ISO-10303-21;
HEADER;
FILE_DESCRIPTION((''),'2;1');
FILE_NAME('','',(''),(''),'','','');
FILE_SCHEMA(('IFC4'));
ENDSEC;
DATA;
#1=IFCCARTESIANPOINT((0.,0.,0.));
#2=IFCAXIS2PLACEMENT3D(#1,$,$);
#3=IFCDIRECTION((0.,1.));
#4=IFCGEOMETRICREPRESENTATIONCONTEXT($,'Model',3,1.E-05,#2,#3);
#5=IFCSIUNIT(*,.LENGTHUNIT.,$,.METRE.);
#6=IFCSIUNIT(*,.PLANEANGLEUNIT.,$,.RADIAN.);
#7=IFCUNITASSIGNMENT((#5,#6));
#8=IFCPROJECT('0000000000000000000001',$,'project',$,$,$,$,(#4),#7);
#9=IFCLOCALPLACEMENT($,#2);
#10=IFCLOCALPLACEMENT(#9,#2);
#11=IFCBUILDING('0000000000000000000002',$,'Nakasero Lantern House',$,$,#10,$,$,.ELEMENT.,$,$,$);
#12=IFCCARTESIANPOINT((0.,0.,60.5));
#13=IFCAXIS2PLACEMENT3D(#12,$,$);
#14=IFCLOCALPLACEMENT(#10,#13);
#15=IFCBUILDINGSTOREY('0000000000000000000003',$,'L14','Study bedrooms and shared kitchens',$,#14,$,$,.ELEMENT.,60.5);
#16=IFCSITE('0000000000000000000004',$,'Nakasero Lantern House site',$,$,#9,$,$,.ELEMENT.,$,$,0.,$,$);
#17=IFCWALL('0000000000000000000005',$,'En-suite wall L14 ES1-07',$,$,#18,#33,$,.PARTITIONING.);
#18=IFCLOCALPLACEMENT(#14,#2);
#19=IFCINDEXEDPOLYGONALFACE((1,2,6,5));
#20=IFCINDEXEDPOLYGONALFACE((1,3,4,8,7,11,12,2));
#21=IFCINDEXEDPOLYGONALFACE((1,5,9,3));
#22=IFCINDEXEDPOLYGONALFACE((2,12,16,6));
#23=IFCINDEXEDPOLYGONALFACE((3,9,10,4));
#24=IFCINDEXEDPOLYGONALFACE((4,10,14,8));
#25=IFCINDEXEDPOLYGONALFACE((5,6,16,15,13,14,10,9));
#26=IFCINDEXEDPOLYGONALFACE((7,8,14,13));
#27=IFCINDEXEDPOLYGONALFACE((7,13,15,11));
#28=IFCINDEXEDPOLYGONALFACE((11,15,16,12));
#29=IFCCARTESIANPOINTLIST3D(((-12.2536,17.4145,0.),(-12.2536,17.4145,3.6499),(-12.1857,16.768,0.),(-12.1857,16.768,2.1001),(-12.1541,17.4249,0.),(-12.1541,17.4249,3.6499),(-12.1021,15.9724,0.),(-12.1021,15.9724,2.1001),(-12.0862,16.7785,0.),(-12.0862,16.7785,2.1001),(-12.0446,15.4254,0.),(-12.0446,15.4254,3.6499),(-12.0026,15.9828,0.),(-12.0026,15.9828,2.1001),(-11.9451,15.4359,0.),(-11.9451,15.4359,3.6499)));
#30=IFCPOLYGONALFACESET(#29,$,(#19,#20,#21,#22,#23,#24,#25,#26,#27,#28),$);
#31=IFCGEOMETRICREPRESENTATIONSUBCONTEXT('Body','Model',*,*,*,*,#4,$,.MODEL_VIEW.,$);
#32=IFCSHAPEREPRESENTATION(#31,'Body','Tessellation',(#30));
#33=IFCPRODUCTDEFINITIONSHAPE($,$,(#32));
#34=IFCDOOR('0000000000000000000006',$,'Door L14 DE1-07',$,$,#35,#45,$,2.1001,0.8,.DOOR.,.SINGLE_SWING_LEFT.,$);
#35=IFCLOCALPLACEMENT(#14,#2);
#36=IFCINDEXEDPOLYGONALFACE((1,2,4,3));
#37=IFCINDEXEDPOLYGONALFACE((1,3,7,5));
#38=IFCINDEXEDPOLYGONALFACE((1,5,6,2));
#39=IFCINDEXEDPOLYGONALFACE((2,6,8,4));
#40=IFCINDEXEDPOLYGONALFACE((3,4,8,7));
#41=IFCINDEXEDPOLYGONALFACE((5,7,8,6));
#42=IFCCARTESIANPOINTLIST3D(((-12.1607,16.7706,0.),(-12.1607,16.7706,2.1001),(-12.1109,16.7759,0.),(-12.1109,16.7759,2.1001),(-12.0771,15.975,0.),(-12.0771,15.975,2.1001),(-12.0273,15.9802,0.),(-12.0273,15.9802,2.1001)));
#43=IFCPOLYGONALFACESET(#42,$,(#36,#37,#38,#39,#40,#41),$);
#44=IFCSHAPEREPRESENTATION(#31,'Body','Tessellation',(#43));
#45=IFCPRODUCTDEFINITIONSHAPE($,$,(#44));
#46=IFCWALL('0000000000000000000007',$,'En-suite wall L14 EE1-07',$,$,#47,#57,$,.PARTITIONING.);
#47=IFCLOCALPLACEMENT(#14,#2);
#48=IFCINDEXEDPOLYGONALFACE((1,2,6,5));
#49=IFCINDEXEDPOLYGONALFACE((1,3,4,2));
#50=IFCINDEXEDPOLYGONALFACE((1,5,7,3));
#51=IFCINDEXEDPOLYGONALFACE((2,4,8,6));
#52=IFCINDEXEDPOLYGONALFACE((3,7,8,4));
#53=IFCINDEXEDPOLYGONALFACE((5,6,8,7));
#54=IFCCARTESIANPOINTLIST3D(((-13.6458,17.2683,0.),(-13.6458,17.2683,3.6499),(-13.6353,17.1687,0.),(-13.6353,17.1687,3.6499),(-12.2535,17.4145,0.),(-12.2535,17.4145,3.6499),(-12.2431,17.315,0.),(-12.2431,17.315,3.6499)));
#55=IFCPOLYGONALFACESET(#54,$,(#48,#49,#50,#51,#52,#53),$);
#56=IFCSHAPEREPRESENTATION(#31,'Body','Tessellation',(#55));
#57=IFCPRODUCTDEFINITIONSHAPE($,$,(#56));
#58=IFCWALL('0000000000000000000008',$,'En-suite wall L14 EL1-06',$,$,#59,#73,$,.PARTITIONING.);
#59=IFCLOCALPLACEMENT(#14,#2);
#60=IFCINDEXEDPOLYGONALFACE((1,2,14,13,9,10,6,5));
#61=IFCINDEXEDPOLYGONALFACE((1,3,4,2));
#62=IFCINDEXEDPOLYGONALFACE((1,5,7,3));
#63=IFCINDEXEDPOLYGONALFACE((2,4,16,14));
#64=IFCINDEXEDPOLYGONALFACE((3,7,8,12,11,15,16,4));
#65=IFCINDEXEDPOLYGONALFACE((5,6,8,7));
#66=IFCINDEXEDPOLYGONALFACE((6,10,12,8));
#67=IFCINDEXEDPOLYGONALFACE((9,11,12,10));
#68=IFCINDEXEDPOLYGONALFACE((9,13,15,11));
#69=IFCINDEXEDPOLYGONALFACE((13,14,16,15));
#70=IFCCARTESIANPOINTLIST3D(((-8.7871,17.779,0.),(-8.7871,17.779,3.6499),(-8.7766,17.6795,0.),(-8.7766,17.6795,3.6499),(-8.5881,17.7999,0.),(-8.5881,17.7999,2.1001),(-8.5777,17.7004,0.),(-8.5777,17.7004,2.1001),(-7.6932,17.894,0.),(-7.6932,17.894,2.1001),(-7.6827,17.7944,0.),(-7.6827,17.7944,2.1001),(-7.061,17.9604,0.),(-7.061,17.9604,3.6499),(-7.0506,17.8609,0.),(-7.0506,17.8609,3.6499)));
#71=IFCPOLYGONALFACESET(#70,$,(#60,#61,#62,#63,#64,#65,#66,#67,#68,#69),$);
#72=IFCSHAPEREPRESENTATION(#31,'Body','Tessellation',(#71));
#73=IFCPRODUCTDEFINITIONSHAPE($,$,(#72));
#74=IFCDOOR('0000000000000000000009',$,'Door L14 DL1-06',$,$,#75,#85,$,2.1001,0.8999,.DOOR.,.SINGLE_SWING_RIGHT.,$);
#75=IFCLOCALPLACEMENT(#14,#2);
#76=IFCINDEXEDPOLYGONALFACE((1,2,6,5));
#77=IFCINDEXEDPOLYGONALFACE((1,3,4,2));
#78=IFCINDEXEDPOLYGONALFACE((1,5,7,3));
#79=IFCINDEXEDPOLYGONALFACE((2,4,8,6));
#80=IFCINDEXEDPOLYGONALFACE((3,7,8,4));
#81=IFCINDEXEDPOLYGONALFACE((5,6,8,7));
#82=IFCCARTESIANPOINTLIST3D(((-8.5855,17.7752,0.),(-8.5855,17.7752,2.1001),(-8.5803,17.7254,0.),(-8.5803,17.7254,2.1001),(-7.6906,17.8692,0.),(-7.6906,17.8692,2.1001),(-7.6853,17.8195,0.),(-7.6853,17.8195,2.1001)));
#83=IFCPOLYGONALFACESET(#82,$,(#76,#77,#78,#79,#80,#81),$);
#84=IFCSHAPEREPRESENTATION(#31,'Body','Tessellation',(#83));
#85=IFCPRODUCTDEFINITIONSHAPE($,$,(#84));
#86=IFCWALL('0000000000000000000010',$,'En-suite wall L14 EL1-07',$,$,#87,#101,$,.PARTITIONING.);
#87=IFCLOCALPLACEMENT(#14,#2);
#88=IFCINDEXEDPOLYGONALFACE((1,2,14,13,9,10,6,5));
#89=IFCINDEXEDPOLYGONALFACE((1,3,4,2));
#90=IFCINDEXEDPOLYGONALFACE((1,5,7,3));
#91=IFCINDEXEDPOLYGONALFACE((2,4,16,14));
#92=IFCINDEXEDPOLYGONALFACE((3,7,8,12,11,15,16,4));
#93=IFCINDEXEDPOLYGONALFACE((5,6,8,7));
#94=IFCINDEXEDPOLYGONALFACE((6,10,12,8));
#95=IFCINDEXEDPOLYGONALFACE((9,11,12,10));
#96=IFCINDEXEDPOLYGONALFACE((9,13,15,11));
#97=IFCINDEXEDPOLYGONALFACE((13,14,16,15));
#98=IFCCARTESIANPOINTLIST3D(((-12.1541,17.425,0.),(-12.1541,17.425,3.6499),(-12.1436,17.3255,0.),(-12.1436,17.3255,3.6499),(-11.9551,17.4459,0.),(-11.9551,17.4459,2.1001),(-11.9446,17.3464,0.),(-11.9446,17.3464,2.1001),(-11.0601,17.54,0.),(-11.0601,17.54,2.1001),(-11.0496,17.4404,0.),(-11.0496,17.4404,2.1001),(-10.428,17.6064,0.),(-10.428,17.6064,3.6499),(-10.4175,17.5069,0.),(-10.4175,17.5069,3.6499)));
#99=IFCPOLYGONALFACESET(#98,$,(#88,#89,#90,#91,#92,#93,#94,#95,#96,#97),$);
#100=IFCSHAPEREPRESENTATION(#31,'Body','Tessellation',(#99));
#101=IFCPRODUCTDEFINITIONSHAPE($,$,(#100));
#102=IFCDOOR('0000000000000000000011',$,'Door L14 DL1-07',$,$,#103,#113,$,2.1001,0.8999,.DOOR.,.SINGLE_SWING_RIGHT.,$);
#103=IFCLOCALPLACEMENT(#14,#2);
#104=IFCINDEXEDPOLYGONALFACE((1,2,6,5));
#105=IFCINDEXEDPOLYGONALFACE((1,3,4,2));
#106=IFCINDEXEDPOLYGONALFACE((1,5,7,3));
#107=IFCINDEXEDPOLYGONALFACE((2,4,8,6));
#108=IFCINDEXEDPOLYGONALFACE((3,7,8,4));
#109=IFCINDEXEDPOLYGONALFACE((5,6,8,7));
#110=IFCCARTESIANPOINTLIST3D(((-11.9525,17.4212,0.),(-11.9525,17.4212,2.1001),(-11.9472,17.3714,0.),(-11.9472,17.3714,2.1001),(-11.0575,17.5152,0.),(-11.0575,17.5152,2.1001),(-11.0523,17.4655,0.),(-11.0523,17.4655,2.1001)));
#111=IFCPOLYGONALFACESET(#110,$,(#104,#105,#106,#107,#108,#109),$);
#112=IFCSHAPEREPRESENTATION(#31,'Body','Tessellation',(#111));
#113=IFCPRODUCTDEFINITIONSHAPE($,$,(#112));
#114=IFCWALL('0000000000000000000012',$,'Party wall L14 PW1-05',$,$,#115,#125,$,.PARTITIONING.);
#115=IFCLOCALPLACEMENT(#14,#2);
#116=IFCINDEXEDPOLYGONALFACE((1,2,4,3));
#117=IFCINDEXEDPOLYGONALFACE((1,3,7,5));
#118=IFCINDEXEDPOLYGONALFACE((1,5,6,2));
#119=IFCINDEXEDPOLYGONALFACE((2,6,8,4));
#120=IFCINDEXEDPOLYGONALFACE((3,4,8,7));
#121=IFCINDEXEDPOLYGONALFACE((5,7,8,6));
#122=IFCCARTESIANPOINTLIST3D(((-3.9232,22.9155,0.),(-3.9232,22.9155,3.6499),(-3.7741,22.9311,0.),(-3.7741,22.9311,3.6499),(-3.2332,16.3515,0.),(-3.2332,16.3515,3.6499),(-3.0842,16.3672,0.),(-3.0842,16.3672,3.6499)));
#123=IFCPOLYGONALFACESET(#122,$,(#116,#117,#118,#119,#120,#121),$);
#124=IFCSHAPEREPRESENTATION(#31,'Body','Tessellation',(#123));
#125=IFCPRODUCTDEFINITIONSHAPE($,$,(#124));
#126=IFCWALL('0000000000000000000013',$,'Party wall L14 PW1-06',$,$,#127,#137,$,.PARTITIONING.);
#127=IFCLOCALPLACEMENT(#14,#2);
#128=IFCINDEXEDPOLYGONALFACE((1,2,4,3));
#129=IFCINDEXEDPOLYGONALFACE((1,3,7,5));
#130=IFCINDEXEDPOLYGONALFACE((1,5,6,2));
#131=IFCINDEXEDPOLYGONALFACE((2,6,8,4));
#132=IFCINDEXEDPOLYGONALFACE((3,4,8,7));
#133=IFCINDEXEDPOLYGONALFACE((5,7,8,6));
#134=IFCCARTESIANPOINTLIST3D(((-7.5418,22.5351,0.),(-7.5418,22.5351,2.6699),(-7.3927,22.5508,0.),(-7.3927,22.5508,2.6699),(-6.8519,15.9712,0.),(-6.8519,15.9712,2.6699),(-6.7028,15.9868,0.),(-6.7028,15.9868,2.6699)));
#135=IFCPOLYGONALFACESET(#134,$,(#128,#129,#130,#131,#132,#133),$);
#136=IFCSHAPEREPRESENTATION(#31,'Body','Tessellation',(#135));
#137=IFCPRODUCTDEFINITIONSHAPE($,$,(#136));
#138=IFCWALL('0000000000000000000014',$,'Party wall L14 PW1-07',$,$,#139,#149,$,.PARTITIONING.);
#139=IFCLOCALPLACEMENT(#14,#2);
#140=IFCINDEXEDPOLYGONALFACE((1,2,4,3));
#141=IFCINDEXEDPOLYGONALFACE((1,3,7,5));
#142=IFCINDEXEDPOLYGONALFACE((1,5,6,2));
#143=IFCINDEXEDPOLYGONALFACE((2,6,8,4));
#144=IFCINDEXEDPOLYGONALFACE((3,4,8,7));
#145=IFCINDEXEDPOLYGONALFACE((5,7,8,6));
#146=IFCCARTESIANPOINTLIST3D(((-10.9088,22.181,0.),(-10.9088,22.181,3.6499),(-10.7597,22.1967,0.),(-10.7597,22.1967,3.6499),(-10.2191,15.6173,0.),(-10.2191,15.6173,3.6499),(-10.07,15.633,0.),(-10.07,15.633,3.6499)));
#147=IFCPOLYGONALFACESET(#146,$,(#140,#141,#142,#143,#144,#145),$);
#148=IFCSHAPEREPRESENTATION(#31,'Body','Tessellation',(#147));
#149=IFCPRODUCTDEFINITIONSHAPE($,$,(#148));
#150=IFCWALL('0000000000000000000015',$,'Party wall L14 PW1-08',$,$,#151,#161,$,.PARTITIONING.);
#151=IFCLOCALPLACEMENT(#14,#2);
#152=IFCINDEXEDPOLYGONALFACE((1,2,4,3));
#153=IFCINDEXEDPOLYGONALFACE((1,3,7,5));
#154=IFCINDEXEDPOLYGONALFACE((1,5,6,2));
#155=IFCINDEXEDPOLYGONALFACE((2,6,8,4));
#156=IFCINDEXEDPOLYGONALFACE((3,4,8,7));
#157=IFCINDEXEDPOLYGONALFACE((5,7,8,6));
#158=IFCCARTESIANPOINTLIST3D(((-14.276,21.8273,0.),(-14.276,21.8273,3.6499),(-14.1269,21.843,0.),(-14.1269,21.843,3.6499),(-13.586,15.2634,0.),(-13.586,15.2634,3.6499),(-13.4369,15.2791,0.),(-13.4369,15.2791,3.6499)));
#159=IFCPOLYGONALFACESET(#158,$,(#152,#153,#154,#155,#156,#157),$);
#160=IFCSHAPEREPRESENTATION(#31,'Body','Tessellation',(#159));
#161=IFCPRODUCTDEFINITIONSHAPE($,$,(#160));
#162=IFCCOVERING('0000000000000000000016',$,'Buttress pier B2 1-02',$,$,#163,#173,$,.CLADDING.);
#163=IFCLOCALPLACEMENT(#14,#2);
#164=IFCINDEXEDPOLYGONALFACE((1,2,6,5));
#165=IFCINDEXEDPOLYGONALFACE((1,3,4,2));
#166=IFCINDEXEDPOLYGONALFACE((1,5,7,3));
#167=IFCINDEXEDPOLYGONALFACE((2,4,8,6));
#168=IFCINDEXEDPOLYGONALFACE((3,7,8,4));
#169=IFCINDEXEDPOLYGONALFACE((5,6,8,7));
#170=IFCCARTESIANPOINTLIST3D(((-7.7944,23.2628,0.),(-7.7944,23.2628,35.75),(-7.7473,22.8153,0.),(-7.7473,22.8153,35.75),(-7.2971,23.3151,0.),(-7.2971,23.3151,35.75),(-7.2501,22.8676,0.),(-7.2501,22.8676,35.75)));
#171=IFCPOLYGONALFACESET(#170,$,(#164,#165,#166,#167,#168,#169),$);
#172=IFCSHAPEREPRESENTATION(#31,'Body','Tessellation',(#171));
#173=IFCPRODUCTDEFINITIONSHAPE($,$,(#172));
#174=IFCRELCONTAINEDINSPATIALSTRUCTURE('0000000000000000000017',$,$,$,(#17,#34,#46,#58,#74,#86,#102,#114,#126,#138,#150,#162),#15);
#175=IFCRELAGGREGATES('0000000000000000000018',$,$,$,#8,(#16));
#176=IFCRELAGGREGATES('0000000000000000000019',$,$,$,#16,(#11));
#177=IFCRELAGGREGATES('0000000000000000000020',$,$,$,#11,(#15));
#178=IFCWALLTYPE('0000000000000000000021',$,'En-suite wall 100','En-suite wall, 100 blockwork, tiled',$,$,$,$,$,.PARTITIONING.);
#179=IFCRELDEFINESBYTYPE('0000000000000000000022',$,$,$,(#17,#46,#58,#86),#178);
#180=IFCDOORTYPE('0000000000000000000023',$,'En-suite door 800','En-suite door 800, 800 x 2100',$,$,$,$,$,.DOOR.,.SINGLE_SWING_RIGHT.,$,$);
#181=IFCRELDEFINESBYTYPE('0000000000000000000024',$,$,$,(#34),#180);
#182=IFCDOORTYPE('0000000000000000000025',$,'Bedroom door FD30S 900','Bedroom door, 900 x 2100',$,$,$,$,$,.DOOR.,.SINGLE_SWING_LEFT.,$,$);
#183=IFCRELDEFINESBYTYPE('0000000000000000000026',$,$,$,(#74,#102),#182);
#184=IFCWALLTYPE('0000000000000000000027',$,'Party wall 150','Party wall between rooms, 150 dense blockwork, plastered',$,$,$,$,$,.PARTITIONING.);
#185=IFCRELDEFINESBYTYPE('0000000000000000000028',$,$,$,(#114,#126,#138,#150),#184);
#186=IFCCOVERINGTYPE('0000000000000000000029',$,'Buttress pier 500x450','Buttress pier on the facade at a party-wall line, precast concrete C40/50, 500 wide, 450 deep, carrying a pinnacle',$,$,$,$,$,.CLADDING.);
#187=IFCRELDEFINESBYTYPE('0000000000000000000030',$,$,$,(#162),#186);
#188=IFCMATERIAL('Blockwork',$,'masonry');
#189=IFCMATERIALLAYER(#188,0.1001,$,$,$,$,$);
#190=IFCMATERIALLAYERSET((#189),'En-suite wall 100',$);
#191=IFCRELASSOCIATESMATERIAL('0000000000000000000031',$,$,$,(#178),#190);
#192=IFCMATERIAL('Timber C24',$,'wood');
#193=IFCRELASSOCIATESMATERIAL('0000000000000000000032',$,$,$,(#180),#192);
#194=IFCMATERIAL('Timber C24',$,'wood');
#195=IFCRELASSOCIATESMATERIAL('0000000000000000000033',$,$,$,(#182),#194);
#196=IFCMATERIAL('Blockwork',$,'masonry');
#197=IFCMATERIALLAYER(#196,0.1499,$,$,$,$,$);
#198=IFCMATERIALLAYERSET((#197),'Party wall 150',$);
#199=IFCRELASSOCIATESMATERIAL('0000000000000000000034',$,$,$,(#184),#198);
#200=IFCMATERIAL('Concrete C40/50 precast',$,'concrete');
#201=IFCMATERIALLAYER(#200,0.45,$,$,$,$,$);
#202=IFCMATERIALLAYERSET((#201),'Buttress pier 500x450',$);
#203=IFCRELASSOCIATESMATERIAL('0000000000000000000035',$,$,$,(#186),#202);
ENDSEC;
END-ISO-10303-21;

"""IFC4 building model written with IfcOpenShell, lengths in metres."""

from ifc_helpers import new_model, si_unit, direction, frame, frame_2d, origin, origin_2d, place, context, subcontext, project, spatial, rectangle, extrude, material, layer, layer_set, type_object, element, fill, save


model = new_model("IFC4")

# Units and contexts
model_context = context("Model", 3, precision=1e-05, world=origin(), true_north=direction((0.0, 1.0)))
body_context = subcontext(model_context, "Body", "Model", "MODEL_VIEW")
ifc_project = project(units=[si_unit("LENGTHUNIT", "METRE"), si_unit("PLANEANGLEUNIT", "RADIAN")], contexts=[model_context])

# Site, building, storey
site_placement = place(None, origin())
site = spatial("IfcSite", under=ifc_project, at=site_placement, Name="Nakasero Lantern House site", CompositionType="ELEMENT", RefElevation=0.0)
building_placement = place(site_placement, origin())
building = spatial("IfcBuilding", under=site, at=building_placement, Name="Nakasero Lantern House", CompositionType="ELEMENT")
storey_placement = place(building_placement, frame((0.0, 0.0, 60.5)))
storey = spatial("IfcBuildingStorey", under=building, at=storey_placement, Name="L14", Description="Study bedrooms and shared kitchens", CompositionType="ELEMENT", Elevation=60.5)

# Shared definitions
ifc_material_1 = material(Name="Blockwork", Category="masonry")
ifc_layer_1 = layer(ifc_material_1, 0.1001)
ifc_layer_set_1 = layer_set([ifc_layer_1], Name="En-suite wall 100")
wall_type_1 = type_object("IfcWallType", Name="En-suite wall 100", Description="En-suite wall, 100 blockwork, tiled", PredefinedType="PARTITIONING", material=ifc_layer_set_1)
ifc_material_2 = material(Name="Timber C24", Category="wood")
door_type_1 = type_object("IfcDoorType", Name="En-suite door 800", Description="En-suite door 800, 800 x 2100", OperationType="SINGLE_SWING_RIGHT", PredefinedType="DOOR", material=ifc_material_2)

# Wall, opening, door
wall_1_placement = place(storey_placement, frame((-11.9949, 15.4307, 0.0), z_axis=(0.0, 0.0, 1.0), x_axis=(-0.104494, 0.994526, 0.0)))
wall_1 = element("IfcWall", 1, at=wall_1_placement, inside=storey, type_object=wall_type_1, Name="En-suite wall L14 ES1-07", PredefinedType="PARTITIONING", context=body_context, shape_type="SweptSolid", body=[
    extrude(rectangle(XDim=2.0, YDim=0.1001, at=frame_2d((1.0, 0.0))), origin(), (0.0, 0.0, 1.0), 3.6499),
])
opening_1_placement = place(wall_1_placement, frame((0.55, 0.0, 0.0)))
opening_1 = element("IfcOpeningElement", 2, at=opening_1_placement, cuts=wall_1, PredefinedType="OPENING", context=body_context, shape_type="SweptSolid", body=[
    extrude(rectangle(XDim=0.8, YDim=2.1001, at=frame_2d((0.3999, 1.05))), frame((0.0, 0.0701, 0.0), z_axis=(0.0, -1.0, 0.0), x_axis=(1.0, 0.0, 0.0)), (0.0, 0.0, 1.0), 0.1401),
])
door_1_placement = place(opening_1_placement, origin())
door_1 = element("IfcDoor", 3, at=door_1_placement, inside=storey, type_object=door_type_1, Name="Door L14 DE1-07", OperationType="SINGLE_SWING_LEFT", OverallHeight=2.1001, OverallWidth=0.8, PredefinedType="DOOR", context=body_context, shape_type="SweptSolid", body=[
    extrude(rectangle(XDim=0.8, YDim=2.1001, at=frame_2d((0.3999, 1.05))), frame((0.0, 0.0249, 0.0), z_axis=(0.0, -1.0, 0.0), x_axis=(1.0, 0.0, 0.0)), (0.0, 0.0, 1.0), 0.05),
])
fill(opening_1, door_1)

# Wall
wall_2_placement = place(storey_placement, frame((-12.2483, 17.3647, 0.0), z_axis=(0.0, 0.0, 1.0), x_axis=(-0.994529, -0.104458, 0.0)))
element("IfcWall", 4, at=wall_2_placement, inside=storey, type_object=wall_type_1, Name="En-suite wall L14 EE1-07", PredefinedType="PARTITIONING", context=body_context, shape_type="SweptSolid", body=[
    extrude(rectangle(XDim=1.3999, YDim=0.1001, at=frame_2d((0.7, 0.0))), origin(), (0.0, 0.0, 1.0), 3.6499),
])

# Walls, openings, doors
wall_3_placement = place(storey_placement, frame((-7.0559, 17.9106, 0.0), z_axis=(0.0, 0.0, 1.0), x_axis=(-0.994523, -0.104516, 0.0)))
wall_3 = element("IfcWall", 5, at=wall_3_placement, inside=storey, type_object=wall_type_1, Name="En-suite wall L14 EL1-06", PredefinedType="PARTITIONING", context=body_context, shape_type="SweptSolid", body=[
    extrude(rectangle(XDim=1.7356, YDim=0.1001, at=frame_2d((0.8677, 0.0))), origin(), (0.0, 0.0, 1.0), 3.6499),
])
opening_2_placement = place(wall_3_placement, frame((0.6355, 0.0, 0.0)))
opening_2 = element("IfcOpeningElement", 6, at=opening_2_placement, cuts=wall_3, PredefinedType="OPENING", context=body_context, shape_type="SweptSolid", body=[
    extrude(rectangle(XDim=0.8999, YDim=2.1001, at=frame_2d((0.45, 1.05))), frame((0.0, 0.0701, 0.0), z_axis=(0.0, -1.0, 0.0), x_axis=(1.0, 0.0, 0.0)), (0.0, 0.0, 1.0), 0.1401),
])
ifc_material_3 = material(Name="Timber C24", Category="wood")
door_type_2 = type_object("IfcDoorType", Name="Bedroom door FD30S 900", Description="Bedroom door, 900 x 2100", OperationType="SINGLE_SWING_LEFT", PredefinedType="DOOR", material=ifc_material_3)
door_2_placement = place(opening_2_placement, origin())
door_2 = element("IfcDoor", 7, at=door_2_placement, inside=storey, type_object=door_type_2, Name="Door L14 DL1-06", OperationType="SINGLE_SWING_RIGHT", OverallHeight=2.1001, OverallWidth=0.8999, PredefinedType="DOOR", context=body_context, shape_type="SweptSolid", body=[
    extrude(rectangle(XDim=0.8999, YDim=2.1001, at=frame_2d((0.45, 1.05))), frame((0.0, 0.0249, 0.0), z_axis=(0.0, -1.0, 0.0), x_axis=(1.0, 0.0, 0.0)), (0.0, 0.0, 1.0), 0.05),
])
fill(opening_2, door_2)
wall_4_placement = place(storey_placement, frame((-10.4229, 17.5566, 0.0), z_axis=(0.0, 0.0, 1.0), x_axis=(-0.994523, -0.104516, 0.0)))
wall_4 = element("IfcWall", 8, at=wall_4_placement, inside=storey, type_object=wall_type_1, Name="En-suite wall L14 EL1-07", PredefinedType="PARTITIONING", context=body_context, shape_type="SweptSolid", body=[
    extrude(rectangle(XDim=1.7356, YDim=0.1001, at=frame_2d((0.8677, 0.0))), origin(), (0.0, 0.0, 1.0), 3.6499),
])
opening_3_placement = place(wall_4_placement, frame((0.6355, 0.0, 0.0)))
opening_3 = element("IfcOpeningElement", 9, at=opening_3_placement, cuts=wall_4, PredefinedType="OPENING", context=body_context, shape_type="SweptSolid", body=[
    extrude(rectangle(XDim=0.8999, YDim=2.1001, at=frame_2d((0.45, 1.05))), frame((0.0, 0.0701, 0.0), z_axis=(0.0, -1.0, 0.0), x_axis=(1.0, 0.0, 0.0)), (0.0, 0.0, 1.0), 0.1401),
])
door_3_placement = place(opening_3_placement, origin())
door_3 = element("IfcDoor", 10, at=door_3_placement, inside=storey, type_object=door_type_2, Name="Door L14 DL1-07", OperationType="SINGLE_SWING_RIGHT", OverallHeight=2.1001, OverallWidth=0.8999, PredefinedType="DOOR", context=body_context, shape_type="SweptSolid", body=[
    extrude(rectangle(XDim=0.8999, YDim=2.1001, at=frame_2d((0.45, 1.05))), frame((0.0, 0.0249, 0.0), z_axis=(0.0, -1.0, 0.0), x_axis=(1.0, 0.0, 0.0)), (0.0, 0.0, 1.0), 0.05),
])
fill(opening_3, door_3)

# Walls
ifc_material_4 = material(Name="Blockwork", Category="masonry")
ifc_layer_2 = layer(ifc_material_4, 0.1499)
ifc_layer_set_2 = layer_set([ifc_layer_2], Name="Party wall 150")
wall_type_2 = type_object("IfcWallType", Name="Party wall 150", Description="Party wall between rooms, 150 dense blockwork, plastered", PredefinedType="PARTITIONING", material=ifc_layer_set_2)
wall_5_placement = place(storey_placement, frame((-3.1587, 16.3594, 0.0), z_axis=(0.0, 0.0, 1.0), x_axis=(-0.104535, 0.994521, 0.0)))
element("IfcWall", 11, at=wall_5_placement, inside=storey, type_object=wall_type_2, Name="Party wall L14 PW1-05", PredefinedType="PARTITIONING", context=body_context, shape_type="SweptSolid", body=[
    extrude(rectangle(XDim=6.6001, YDim=0.1499, at=frame_2d((3.3, 0.0))), origin(), (0.0, 0.0, 1.0), 3.6499),
])
wall_6_placement = place(storey_placement, frame((-6.7773, 15.979, 0.0), z_axis=(0.0, 0.0, 1.0), x_axis=(-0.104535, 0.994521, 0.0)))
element("IfcWall", 12, at=wall_6_placement, inside=storey, type_object=wall_type_2, Name="Party wall L14 PW1-06", PredefinedType="PARTITIONING", context=body_context, shape_type="SweptSolid", body=[
    extrude(rectangle(XDim=6.6001, YDim=0.1499, at=frame_2d((3.3, 0.0))), origin(), (0.0, 0.0, 1.0), 2.6699),
])
wall_7_placement = place(storey_placement, frame((-10.1445, 15.6252, 0.0), z_axis=(0.0, 0.0, 1.0), x_axis=(-0.104502, 0.994525, 0.0)))
element("IfcWall", 13, at=wall_7_placement, inside=storey, type_object=wall_type_2, Name="Party wall L14 PW1-07", PredefinedType="PARTITIONING", context=body_context, shape_type="SweptSolid", body=[
    extrude(rectangle(XDim=6.5999, YDim=0.1499, at=frame_2d((3.2998, 0.0))), origin(), (0.0, 0.0, 1.0), 3.6499),
])
wall_8_placement = place(storey_placement, frame((-13.5115, 15.2712, 0.0), z_axis=(0.0, 0.0, 1.0), x_axis=(-0.104535, 0.994521, 0.0)))
element("IfcWall", 14, at=wall_8_placement, inside=storey, type_object=wall_type_2, Name="Party wall L14 PW1-08", PredefinedType="PARTITIONING", context=body_context, shape_type="SweptSolid", body=[
    extrude(rectangle(XDim=6.6001, YDim=0.1499, at=frame_2d((3.3, 0.0))), origin(), (0.0, 0.0, 1.0), 3.6499),
])

# Covering
ifc_material_5 = material(Name="Concrete C40/50 precast", Category="concrete")
ifc_layer_3 = layer(ifc_material_5, 0.45)
ifc_layer_set_3 = layer_set([ifc_layer_3], Name="Buttress pier 500x450")
covering_type = type_object("IfcCoveringType", Name="Buttress pier 500x450", Description="Buttress pier on the facade at a party-wall line, precast concrete C40/50, 500 wide, 450 deep, carrying a pinnacle", PredefinedType="CLADDING", material=ifc_layer_set_3)
for number, where, z_axis, x_axis, name in (
    (15, (-7.5222, 23.0652, 0.0), (0.0, 0.0, 1.0), (-0.104528, 0.994522, 0.0), "Buttress pier B2 1-02"),
):
    element("IfcCovering", number, at=place(storey_placement, frame(where, z_axis=z_axis, x_axis=x_axis)), inside=storey, type_object=covering_type, Name=name, PredefinedType="CLADDING", context=body_context, shape_type="SweptSolid", body=[
        extrude(rectangle(XDim=0.45, YDim=0.5, at=origin_2d()), origin(), (0.0, 0.0, 1.0), 35.75),
    ])

save(model, "model.ifc")
